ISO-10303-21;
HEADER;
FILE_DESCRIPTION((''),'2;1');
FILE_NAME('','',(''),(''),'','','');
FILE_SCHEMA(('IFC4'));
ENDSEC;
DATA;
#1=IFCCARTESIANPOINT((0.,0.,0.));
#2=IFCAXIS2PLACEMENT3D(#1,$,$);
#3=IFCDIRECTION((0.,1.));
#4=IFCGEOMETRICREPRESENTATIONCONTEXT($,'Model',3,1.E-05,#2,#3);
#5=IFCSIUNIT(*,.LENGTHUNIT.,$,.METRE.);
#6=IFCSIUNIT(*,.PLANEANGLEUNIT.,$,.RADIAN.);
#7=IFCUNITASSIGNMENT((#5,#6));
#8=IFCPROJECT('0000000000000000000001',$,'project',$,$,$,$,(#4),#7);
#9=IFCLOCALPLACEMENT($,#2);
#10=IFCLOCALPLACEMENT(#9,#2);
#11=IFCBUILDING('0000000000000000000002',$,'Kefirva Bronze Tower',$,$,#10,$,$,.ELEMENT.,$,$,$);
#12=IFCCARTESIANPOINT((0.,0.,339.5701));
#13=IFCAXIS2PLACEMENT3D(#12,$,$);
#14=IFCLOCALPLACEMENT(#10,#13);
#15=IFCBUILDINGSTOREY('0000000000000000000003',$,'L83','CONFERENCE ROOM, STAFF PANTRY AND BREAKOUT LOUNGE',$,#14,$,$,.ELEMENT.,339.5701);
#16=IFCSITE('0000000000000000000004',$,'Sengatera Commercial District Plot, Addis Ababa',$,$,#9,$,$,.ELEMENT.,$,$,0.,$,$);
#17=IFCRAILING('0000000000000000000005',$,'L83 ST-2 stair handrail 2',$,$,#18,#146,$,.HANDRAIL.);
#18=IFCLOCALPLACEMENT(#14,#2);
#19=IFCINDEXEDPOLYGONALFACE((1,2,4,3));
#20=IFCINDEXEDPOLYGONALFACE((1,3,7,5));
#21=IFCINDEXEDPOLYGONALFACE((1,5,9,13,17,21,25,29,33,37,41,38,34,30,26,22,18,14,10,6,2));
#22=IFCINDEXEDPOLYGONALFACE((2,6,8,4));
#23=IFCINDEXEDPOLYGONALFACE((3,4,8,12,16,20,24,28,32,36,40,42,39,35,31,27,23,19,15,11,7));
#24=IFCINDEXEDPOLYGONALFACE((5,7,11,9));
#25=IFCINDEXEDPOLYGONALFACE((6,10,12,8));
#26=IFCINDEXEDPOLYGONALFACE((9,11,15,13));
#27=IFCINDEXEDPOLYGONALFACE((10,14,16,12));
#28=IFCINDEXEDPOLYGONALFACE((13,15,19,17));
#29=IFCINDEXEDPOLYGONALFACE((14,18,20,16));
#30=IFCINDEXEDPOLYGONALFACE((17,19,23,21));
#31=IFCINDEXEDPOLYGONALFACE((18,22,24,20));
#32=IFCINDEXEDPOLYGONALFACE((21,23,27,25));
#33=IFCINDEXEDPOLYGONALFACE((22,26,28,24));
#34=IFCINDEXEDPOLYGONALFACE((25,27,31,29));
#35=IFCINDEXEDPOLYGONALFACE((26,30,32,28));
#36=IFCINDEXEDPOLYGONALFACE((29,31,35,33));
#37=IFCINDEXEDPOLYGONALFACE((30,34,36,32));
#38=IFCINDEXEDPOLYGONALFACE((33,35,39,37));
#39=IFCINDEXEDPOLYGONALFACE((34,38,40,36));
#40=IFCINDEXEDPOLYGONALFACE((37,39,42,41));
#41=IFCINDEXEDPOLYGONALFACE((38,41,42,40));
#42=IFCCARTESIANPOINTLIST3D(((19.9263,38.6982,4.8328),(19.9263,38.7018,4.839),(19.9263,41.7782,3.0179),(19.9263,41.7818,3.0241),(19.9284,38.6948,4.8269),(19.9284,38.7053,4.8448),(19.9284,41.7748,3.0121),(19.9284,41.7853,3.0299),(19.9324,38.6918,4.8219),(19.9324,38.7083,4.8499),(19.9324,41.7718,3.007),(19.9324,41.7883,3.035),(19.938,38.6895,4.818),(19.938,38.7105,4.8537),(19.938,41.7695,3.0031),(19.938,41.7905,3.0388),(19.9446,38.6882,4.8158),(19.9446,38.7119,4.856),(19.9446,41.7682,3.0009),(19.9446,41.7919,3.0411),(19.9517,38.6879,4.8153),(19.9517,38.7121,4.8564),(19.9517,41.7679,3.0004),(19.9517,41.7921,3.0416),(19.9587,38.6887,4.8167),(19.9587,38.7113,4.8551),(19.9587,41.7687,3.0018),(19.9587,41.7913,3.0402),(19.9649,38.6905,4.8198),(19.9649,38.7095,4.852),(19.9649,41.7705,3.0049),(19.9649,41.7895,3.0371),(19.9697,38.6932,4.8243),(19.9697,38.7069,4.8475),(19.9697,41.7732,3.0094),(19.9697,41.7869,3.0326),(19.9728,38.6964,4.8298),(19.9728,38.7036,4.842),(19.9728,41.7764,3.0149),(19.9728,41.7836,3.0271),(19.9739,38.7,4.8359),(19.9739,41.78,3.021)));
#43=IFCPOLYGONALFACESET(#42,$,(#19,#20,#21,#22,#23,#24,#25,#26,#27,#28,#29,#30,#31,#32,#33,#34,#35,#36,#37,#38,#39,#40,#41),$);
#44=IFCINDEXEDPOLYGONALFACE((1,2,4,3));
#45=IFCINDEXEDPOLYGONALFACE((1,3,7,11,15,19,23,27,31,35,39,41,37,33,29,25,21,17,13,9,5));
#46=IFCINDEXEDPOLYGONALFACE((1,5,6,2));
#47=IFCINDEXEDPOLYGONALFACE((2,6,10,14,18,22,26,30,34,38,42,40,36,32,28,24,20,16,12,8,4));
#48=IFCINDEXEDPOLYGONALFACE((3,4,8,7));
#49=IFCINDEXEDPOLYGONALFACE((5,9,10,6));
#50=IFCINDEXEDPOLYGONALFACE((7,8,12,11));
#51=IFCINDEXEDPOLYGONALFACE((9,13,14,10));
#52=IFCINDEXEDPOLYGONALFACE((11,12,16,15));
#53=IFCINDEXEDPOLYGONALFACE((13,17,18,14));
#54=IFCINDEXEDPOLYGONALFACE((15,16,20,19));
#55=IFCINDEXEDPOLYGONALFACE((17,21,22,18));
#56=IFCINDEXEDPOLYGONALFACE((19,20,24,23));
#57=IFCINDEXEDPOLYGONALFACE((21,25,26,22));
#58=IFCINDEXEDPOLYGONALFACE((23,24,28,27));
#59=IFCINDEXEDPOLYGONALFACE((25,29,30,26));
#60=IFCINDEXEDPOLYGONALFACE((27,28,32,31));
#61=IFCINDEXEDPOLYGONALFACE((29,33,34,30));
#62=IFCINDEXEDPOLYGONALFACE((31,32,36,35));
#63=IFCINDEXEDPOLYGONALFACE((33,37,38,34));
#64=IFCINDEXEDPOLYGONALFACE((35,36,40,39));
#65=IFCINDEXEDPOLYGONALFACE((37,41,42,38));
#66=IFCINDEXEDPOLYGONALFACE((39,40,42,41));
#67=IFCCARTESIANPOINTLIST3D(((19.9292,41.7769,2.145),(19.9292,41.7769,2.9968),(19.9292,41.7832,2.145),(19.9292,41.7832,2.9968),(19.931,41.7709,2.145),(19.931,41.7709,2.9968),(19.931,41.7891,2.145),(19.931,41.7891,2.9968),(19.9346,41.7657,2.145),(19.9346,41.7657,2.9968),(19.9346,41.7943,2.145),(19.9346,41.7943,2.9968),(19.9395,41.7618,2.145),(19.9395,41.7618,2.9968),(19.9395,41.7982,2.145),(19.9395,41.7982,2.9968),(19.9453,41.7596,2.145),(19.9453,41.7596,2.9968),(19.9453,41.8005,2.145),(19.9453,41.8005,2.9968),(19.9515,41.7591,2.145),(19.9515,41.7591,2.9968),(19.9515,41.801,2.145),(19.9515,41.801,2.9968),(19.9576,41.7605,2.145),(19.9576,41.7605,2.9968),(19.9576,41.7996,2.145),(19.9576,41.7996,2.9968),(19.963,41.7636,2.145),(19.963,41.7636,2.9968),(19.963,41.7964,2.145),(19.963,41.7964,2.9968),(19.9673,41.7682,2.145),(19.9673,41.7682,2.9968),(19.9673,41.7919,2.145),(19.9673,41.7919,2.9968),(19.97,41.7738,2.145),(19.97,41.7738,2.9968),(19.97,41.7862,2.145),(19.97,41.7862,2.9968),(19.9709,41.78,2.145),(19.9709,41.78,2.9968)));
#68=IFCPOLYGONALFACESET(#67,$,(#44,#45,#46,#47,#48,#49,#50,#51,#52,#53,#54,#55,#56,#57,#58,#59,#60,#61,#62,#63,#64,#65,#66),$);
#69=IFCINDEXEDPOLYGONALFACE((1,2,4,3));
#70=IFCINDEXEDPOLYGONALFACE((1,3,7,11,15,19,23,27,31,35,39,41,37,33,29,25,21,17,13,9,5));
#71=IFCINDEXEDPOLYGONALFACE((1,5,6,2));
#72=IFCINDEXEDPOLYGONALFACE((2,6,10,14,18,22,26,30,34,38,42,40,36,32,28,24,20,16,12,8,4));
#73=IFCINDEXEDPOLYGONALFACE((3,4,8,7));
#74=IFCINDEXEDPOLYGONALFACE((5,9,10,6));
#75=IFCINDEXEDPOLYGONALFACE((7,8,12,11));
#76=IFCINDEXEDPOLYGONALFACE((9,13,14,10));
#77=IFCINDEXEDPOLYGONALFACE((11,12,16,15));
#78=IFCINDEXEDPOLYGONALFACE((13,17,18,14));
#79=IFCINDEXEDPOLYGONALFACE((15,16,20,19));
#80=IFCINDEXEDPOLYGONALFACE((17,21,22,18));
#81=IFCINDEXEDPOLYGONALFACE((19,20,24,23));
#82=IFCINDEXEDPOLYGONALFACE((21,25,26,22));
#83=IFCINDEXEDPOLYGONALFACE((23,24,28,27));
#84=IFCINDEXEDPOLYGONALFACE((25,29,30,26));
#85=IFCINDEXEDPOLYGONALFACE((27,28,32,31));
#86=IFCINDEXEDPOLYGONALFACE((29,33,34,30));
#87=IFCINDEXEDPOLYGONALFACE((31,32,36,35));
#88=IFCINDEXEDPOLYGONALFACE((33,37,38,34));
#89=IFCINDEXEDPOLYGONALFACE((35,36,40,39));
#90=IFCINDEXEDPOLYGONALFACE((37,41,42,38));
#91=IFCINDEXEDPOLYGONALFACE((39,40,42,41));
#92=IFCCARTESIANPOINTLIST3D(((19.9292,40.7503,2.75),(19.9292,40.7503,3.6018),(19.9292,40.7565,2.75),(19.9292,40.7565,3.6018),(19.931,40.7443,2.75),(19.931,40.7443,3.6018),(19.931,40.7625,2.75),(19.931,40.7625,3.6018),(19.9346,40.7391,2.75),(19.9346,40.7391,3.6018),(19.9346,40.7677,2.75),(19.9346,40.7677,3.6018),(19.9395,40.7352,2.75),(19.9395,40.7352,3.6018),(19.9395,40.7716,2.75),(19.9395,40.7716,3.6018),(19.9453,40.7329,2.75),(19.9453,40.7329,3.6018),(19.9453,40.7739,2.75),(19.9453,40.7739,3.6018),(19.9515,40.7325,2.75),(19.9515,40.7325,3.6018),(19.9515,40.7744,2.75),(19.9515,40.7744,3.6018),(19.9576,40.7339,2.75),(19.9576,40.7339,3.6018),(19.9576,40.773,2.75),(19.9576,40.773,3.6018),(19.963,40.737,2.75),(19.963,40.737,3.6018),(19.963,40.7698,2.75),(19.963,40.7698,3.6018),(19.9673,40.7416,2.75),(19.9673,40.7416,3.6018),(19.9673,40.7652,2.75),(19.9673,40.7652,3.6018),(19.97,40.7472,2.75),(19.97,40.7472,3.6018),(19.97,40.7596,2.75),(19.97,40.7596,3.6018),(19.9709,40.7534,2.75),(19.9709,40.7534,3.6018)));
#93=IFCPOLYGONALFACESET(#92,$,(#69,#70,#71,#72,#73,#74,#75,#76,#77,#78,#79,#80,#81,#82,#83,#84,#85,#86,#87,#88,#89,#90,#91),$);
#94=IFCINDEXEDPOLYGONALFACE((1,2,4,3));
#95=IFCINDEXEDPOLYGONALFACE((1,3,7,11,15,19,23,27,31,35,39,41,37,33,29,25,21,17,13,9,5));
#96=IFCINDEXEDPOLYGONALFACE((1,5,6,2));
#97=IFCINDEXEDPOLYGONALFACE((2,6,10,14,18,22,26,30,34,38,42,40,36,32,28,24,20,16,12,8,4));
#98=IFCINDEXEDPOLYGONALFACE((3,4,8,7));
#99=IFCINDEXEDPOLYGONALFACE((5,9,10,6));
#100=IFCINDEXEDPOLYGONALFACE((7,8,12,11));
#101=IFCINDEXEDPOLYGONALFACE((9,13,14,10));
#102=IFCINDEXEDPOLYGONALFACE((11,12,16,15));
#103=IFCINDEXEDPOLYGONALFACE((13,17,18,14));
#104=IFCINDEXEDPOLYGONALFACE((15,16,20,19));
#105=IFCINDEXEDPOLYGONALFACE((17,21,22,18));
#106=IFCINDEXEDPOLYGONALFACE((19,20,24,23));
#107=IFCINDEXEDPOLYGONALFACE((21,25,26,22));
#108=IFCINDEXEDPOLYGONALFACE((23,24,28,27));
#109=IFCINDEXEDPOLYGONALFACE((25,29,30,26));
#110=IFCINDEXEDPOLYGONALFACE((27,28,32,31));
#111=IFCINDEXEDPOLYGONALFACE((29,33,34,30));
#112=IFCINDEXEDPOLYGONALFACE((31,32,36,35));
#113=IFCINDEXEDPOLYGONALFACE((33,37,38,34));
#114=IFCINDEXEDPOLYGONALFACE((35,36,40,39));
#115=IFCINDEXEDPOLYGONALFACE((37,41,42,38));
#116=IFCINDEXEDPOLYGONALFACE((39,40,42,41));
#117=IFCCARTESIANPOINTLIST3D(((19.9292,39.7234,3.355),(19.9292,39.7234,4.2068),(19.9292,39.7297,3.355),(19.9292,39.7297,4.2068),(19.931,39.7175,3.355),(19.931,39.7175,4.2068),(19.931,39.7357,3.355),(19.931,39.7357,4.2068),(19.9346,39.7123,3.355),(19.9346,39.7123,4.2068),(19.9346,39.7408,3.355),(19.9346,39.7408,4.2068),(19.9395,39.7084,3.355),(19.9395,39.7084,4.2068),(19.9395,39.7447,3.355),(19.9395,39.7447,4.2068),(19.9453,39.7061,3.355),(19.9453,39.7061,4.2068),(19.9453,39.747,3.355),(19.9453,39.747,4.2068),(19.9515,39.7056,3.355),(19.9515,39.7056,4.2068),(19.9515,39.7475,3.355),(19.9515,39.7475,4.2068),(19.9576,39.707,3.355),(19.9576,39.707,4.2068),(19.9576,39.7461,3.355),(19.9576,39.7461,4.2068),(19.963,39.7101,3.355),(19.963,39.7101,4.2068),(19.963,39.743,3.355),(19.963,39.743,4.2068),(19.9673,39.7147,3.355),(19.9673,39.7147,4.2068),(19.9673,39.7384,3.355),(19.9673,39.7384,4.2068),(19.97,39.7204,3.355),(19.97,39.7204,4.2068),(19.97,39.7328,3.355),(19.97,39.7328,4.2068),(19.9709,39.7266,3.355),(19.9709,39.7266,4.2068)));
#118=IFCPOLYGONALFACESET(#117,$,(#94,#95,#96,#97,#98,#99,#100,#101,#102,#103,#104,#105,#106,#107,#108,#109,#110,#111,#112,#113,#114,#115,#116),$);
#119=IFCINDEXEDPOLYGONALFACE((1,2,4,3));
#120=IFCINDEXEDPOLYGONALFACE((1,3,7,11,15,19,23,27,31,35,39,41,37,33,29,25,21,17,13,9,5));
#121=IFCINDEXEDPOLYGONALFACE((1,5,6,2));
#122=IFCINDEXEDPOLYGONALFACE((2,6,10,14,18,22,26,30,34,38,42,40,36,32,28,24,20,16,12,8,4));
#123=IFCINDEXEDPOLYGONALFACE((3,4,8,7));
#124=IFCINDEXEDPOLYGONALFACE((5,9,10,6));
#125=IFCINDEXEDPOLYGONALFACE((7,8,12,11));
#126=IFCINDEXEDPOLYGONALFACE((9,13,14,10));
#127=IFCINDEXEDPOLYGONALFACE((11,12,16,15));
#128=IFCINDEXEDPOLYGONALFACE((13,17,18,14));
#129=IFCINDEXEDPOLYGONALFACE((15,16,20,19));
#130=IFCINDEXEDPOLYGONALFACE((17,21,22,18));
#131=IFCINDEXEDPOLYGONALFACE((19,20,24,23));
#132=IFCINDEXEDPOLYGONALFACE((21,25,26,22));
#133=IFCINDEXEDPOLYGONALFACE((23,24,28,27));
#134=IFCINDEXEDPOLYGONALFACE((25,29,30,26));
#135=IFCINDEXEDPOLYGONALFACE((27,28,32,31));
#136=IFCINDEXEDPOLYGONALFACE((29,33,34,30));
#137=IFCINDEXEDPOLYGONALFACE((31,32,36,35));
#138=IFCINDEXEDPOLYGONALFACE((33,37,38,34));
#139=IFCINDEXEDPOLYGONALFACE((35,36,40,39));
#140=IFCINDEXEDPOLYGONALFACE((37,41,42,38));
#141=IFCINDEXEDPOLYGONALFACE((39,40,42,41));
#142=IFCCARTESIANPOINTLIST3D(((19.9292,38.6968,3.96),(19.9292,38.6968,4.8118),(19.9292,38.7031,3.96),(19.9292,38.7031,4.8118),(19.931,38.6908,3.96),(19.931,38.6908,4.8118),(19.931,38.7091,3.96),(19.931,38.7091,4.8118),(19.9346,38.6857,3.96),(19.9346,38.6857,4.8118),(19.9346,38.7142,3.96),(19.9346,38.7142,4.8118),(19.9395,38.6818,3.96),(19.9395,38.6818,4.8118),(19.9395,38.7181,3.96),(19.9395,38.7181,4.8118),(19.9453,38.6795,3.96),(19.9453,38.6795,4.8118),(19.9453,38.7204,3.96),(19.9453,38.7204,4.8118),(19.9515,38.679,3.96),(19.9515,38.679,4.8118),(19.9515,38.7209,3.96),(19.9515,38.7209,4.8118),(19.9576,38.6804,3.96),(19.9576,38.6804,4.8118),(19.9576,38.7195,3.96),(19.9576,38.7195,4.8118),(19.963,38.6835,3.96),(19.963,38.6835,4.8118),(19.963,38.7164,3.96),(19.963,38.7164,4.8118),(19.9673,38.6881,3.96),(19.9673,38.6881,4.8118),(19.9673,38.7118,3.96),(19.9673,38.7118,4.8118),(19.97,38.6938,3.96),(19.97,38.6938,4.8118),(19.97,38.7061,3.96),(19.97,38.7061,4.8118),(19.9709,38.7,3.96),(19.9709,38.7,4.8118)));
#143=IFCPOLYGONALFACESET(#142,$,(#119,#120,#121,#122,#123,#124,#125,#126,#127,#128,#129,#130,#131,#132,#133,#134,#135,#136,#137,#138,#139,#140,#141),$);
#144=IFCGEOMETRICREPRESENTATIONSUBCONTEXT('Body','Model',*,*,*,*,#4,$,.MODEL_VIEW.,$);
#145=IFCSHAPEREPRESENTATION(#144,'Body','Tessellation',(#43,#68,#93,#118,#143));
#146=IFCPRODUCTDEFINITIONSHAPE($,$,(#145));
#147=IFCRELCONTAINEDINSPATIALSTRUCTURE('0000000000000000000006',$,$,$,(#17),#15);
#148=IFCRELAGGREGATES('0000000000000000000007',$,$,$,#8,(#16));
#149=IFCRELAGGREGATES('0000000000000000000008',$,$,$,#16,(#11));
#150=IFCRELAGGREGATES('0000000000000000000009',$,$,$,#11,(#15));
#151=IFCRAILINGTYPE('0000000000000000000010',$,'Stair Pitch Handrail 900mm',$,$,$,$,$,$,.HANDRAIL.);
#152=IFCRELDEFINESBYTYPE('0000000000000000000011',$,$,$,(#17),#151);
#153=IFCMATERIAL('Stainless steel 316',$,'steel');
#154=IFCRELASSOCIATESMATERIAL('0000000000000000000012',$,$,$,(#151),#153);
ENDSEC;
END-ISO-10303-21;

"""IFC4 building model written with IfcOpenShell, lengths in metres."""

from ifc_helpers import new_model, si_unit, direction, frame, origin, origin_2d, place, context, subcontext, project, spatial, circle, extrude, material, type_object, element, save


model = new_model("IFC4")

# Units and contexts
model_context = context("Model", 3, precision=1e-05, world=origin(), true_north=direction((0.0, 1.0)))
body_context = subcontext(model_context, "Body", "Model", "MODEL_VIEW")
ifc_project = project(units=[si_unit("LENGTHUNIT", "METRE"), si_unit("PLANEANGLEUNIT", "RADIAN")], contexts=[model_context])

# Site, building, storey
site_placement = place(None, origin())
site = spatial("IfcSite", under=ifc_project, at=site_placement, Name="Sengatera Commercial District Plot, Addis Ababa", CompositionType="ELEMENT", RefElevation=0.0)
building_placement = place(site_placement, origin())
building = spatial("IfcBuilding", under=site, at=building_placement, Name="Kefirva Bronze Tower", CompositionType="ELEMENT")
storey_placement = place(building_placement, frame((0.0, 0.0, 339.5701)))
storey = spatial("IfcBuildingStorey", under=building, at=storey_placement, Name="L83", Description="CONFERENCE ROOM, STAFF PANTRY AND BREAKOUT LOUNGE", CompositionType="ELEMENT", Elevation=339.5701)

# Shared definitions
ifc_material_1 = material(Name="Stainless steel 316", Category="steel")

# Railing
railing_type_1 = type_object("IfcRailingType", Name="Stair Pitch Handrail 900mm", PredefinedType="HANDRAIL", material=ifc_material_1)
railing_1_placement = place(storey_placement, frame((19.95, 41.78, 2.145)))
element("IfcRailing", 1, at=railing_1_placement, inside=storey, type_object=railing_type_1, Name="L83 ST-2 stair handrail 2", PredefinedType="HANDRAIL", context=body_context, shape_type="SweptSolid", body=[
    extrude(circle(Radius=0.0239, at=origin_2d()), frame((0.0, 0.0, 0.876), z_axis=(0.0, -0.861551, 0.507671), x_axis=(1.0, 0.0, 0.0)), (0.0, 0.0, 1.0), 3.575),
    extrude(circle(Radius=0.021, at=origin_2d()), origin(), (0.0, 0.0, 1.0), 0.8518),
    extrude(circle(Radius=0.021, at=origin_2d()), frame((0.0, -1.0266, 0.605)), (0.0, 0.0, 1.0), 0.8518),
    extrude(circle(Radius=0.021, at=origin_2d()), frame((0.0, -2.0535, 1.21)), (0.0, 0.0, 1.0), 0.8518),
    extrude(circle(Radius=0.021, at=origin_2d()), frame((0.0, -3.0801, 1.8149)), (0.0, 0.0, 1.0), 0.8518),
])

save(model, "model.ifc")
